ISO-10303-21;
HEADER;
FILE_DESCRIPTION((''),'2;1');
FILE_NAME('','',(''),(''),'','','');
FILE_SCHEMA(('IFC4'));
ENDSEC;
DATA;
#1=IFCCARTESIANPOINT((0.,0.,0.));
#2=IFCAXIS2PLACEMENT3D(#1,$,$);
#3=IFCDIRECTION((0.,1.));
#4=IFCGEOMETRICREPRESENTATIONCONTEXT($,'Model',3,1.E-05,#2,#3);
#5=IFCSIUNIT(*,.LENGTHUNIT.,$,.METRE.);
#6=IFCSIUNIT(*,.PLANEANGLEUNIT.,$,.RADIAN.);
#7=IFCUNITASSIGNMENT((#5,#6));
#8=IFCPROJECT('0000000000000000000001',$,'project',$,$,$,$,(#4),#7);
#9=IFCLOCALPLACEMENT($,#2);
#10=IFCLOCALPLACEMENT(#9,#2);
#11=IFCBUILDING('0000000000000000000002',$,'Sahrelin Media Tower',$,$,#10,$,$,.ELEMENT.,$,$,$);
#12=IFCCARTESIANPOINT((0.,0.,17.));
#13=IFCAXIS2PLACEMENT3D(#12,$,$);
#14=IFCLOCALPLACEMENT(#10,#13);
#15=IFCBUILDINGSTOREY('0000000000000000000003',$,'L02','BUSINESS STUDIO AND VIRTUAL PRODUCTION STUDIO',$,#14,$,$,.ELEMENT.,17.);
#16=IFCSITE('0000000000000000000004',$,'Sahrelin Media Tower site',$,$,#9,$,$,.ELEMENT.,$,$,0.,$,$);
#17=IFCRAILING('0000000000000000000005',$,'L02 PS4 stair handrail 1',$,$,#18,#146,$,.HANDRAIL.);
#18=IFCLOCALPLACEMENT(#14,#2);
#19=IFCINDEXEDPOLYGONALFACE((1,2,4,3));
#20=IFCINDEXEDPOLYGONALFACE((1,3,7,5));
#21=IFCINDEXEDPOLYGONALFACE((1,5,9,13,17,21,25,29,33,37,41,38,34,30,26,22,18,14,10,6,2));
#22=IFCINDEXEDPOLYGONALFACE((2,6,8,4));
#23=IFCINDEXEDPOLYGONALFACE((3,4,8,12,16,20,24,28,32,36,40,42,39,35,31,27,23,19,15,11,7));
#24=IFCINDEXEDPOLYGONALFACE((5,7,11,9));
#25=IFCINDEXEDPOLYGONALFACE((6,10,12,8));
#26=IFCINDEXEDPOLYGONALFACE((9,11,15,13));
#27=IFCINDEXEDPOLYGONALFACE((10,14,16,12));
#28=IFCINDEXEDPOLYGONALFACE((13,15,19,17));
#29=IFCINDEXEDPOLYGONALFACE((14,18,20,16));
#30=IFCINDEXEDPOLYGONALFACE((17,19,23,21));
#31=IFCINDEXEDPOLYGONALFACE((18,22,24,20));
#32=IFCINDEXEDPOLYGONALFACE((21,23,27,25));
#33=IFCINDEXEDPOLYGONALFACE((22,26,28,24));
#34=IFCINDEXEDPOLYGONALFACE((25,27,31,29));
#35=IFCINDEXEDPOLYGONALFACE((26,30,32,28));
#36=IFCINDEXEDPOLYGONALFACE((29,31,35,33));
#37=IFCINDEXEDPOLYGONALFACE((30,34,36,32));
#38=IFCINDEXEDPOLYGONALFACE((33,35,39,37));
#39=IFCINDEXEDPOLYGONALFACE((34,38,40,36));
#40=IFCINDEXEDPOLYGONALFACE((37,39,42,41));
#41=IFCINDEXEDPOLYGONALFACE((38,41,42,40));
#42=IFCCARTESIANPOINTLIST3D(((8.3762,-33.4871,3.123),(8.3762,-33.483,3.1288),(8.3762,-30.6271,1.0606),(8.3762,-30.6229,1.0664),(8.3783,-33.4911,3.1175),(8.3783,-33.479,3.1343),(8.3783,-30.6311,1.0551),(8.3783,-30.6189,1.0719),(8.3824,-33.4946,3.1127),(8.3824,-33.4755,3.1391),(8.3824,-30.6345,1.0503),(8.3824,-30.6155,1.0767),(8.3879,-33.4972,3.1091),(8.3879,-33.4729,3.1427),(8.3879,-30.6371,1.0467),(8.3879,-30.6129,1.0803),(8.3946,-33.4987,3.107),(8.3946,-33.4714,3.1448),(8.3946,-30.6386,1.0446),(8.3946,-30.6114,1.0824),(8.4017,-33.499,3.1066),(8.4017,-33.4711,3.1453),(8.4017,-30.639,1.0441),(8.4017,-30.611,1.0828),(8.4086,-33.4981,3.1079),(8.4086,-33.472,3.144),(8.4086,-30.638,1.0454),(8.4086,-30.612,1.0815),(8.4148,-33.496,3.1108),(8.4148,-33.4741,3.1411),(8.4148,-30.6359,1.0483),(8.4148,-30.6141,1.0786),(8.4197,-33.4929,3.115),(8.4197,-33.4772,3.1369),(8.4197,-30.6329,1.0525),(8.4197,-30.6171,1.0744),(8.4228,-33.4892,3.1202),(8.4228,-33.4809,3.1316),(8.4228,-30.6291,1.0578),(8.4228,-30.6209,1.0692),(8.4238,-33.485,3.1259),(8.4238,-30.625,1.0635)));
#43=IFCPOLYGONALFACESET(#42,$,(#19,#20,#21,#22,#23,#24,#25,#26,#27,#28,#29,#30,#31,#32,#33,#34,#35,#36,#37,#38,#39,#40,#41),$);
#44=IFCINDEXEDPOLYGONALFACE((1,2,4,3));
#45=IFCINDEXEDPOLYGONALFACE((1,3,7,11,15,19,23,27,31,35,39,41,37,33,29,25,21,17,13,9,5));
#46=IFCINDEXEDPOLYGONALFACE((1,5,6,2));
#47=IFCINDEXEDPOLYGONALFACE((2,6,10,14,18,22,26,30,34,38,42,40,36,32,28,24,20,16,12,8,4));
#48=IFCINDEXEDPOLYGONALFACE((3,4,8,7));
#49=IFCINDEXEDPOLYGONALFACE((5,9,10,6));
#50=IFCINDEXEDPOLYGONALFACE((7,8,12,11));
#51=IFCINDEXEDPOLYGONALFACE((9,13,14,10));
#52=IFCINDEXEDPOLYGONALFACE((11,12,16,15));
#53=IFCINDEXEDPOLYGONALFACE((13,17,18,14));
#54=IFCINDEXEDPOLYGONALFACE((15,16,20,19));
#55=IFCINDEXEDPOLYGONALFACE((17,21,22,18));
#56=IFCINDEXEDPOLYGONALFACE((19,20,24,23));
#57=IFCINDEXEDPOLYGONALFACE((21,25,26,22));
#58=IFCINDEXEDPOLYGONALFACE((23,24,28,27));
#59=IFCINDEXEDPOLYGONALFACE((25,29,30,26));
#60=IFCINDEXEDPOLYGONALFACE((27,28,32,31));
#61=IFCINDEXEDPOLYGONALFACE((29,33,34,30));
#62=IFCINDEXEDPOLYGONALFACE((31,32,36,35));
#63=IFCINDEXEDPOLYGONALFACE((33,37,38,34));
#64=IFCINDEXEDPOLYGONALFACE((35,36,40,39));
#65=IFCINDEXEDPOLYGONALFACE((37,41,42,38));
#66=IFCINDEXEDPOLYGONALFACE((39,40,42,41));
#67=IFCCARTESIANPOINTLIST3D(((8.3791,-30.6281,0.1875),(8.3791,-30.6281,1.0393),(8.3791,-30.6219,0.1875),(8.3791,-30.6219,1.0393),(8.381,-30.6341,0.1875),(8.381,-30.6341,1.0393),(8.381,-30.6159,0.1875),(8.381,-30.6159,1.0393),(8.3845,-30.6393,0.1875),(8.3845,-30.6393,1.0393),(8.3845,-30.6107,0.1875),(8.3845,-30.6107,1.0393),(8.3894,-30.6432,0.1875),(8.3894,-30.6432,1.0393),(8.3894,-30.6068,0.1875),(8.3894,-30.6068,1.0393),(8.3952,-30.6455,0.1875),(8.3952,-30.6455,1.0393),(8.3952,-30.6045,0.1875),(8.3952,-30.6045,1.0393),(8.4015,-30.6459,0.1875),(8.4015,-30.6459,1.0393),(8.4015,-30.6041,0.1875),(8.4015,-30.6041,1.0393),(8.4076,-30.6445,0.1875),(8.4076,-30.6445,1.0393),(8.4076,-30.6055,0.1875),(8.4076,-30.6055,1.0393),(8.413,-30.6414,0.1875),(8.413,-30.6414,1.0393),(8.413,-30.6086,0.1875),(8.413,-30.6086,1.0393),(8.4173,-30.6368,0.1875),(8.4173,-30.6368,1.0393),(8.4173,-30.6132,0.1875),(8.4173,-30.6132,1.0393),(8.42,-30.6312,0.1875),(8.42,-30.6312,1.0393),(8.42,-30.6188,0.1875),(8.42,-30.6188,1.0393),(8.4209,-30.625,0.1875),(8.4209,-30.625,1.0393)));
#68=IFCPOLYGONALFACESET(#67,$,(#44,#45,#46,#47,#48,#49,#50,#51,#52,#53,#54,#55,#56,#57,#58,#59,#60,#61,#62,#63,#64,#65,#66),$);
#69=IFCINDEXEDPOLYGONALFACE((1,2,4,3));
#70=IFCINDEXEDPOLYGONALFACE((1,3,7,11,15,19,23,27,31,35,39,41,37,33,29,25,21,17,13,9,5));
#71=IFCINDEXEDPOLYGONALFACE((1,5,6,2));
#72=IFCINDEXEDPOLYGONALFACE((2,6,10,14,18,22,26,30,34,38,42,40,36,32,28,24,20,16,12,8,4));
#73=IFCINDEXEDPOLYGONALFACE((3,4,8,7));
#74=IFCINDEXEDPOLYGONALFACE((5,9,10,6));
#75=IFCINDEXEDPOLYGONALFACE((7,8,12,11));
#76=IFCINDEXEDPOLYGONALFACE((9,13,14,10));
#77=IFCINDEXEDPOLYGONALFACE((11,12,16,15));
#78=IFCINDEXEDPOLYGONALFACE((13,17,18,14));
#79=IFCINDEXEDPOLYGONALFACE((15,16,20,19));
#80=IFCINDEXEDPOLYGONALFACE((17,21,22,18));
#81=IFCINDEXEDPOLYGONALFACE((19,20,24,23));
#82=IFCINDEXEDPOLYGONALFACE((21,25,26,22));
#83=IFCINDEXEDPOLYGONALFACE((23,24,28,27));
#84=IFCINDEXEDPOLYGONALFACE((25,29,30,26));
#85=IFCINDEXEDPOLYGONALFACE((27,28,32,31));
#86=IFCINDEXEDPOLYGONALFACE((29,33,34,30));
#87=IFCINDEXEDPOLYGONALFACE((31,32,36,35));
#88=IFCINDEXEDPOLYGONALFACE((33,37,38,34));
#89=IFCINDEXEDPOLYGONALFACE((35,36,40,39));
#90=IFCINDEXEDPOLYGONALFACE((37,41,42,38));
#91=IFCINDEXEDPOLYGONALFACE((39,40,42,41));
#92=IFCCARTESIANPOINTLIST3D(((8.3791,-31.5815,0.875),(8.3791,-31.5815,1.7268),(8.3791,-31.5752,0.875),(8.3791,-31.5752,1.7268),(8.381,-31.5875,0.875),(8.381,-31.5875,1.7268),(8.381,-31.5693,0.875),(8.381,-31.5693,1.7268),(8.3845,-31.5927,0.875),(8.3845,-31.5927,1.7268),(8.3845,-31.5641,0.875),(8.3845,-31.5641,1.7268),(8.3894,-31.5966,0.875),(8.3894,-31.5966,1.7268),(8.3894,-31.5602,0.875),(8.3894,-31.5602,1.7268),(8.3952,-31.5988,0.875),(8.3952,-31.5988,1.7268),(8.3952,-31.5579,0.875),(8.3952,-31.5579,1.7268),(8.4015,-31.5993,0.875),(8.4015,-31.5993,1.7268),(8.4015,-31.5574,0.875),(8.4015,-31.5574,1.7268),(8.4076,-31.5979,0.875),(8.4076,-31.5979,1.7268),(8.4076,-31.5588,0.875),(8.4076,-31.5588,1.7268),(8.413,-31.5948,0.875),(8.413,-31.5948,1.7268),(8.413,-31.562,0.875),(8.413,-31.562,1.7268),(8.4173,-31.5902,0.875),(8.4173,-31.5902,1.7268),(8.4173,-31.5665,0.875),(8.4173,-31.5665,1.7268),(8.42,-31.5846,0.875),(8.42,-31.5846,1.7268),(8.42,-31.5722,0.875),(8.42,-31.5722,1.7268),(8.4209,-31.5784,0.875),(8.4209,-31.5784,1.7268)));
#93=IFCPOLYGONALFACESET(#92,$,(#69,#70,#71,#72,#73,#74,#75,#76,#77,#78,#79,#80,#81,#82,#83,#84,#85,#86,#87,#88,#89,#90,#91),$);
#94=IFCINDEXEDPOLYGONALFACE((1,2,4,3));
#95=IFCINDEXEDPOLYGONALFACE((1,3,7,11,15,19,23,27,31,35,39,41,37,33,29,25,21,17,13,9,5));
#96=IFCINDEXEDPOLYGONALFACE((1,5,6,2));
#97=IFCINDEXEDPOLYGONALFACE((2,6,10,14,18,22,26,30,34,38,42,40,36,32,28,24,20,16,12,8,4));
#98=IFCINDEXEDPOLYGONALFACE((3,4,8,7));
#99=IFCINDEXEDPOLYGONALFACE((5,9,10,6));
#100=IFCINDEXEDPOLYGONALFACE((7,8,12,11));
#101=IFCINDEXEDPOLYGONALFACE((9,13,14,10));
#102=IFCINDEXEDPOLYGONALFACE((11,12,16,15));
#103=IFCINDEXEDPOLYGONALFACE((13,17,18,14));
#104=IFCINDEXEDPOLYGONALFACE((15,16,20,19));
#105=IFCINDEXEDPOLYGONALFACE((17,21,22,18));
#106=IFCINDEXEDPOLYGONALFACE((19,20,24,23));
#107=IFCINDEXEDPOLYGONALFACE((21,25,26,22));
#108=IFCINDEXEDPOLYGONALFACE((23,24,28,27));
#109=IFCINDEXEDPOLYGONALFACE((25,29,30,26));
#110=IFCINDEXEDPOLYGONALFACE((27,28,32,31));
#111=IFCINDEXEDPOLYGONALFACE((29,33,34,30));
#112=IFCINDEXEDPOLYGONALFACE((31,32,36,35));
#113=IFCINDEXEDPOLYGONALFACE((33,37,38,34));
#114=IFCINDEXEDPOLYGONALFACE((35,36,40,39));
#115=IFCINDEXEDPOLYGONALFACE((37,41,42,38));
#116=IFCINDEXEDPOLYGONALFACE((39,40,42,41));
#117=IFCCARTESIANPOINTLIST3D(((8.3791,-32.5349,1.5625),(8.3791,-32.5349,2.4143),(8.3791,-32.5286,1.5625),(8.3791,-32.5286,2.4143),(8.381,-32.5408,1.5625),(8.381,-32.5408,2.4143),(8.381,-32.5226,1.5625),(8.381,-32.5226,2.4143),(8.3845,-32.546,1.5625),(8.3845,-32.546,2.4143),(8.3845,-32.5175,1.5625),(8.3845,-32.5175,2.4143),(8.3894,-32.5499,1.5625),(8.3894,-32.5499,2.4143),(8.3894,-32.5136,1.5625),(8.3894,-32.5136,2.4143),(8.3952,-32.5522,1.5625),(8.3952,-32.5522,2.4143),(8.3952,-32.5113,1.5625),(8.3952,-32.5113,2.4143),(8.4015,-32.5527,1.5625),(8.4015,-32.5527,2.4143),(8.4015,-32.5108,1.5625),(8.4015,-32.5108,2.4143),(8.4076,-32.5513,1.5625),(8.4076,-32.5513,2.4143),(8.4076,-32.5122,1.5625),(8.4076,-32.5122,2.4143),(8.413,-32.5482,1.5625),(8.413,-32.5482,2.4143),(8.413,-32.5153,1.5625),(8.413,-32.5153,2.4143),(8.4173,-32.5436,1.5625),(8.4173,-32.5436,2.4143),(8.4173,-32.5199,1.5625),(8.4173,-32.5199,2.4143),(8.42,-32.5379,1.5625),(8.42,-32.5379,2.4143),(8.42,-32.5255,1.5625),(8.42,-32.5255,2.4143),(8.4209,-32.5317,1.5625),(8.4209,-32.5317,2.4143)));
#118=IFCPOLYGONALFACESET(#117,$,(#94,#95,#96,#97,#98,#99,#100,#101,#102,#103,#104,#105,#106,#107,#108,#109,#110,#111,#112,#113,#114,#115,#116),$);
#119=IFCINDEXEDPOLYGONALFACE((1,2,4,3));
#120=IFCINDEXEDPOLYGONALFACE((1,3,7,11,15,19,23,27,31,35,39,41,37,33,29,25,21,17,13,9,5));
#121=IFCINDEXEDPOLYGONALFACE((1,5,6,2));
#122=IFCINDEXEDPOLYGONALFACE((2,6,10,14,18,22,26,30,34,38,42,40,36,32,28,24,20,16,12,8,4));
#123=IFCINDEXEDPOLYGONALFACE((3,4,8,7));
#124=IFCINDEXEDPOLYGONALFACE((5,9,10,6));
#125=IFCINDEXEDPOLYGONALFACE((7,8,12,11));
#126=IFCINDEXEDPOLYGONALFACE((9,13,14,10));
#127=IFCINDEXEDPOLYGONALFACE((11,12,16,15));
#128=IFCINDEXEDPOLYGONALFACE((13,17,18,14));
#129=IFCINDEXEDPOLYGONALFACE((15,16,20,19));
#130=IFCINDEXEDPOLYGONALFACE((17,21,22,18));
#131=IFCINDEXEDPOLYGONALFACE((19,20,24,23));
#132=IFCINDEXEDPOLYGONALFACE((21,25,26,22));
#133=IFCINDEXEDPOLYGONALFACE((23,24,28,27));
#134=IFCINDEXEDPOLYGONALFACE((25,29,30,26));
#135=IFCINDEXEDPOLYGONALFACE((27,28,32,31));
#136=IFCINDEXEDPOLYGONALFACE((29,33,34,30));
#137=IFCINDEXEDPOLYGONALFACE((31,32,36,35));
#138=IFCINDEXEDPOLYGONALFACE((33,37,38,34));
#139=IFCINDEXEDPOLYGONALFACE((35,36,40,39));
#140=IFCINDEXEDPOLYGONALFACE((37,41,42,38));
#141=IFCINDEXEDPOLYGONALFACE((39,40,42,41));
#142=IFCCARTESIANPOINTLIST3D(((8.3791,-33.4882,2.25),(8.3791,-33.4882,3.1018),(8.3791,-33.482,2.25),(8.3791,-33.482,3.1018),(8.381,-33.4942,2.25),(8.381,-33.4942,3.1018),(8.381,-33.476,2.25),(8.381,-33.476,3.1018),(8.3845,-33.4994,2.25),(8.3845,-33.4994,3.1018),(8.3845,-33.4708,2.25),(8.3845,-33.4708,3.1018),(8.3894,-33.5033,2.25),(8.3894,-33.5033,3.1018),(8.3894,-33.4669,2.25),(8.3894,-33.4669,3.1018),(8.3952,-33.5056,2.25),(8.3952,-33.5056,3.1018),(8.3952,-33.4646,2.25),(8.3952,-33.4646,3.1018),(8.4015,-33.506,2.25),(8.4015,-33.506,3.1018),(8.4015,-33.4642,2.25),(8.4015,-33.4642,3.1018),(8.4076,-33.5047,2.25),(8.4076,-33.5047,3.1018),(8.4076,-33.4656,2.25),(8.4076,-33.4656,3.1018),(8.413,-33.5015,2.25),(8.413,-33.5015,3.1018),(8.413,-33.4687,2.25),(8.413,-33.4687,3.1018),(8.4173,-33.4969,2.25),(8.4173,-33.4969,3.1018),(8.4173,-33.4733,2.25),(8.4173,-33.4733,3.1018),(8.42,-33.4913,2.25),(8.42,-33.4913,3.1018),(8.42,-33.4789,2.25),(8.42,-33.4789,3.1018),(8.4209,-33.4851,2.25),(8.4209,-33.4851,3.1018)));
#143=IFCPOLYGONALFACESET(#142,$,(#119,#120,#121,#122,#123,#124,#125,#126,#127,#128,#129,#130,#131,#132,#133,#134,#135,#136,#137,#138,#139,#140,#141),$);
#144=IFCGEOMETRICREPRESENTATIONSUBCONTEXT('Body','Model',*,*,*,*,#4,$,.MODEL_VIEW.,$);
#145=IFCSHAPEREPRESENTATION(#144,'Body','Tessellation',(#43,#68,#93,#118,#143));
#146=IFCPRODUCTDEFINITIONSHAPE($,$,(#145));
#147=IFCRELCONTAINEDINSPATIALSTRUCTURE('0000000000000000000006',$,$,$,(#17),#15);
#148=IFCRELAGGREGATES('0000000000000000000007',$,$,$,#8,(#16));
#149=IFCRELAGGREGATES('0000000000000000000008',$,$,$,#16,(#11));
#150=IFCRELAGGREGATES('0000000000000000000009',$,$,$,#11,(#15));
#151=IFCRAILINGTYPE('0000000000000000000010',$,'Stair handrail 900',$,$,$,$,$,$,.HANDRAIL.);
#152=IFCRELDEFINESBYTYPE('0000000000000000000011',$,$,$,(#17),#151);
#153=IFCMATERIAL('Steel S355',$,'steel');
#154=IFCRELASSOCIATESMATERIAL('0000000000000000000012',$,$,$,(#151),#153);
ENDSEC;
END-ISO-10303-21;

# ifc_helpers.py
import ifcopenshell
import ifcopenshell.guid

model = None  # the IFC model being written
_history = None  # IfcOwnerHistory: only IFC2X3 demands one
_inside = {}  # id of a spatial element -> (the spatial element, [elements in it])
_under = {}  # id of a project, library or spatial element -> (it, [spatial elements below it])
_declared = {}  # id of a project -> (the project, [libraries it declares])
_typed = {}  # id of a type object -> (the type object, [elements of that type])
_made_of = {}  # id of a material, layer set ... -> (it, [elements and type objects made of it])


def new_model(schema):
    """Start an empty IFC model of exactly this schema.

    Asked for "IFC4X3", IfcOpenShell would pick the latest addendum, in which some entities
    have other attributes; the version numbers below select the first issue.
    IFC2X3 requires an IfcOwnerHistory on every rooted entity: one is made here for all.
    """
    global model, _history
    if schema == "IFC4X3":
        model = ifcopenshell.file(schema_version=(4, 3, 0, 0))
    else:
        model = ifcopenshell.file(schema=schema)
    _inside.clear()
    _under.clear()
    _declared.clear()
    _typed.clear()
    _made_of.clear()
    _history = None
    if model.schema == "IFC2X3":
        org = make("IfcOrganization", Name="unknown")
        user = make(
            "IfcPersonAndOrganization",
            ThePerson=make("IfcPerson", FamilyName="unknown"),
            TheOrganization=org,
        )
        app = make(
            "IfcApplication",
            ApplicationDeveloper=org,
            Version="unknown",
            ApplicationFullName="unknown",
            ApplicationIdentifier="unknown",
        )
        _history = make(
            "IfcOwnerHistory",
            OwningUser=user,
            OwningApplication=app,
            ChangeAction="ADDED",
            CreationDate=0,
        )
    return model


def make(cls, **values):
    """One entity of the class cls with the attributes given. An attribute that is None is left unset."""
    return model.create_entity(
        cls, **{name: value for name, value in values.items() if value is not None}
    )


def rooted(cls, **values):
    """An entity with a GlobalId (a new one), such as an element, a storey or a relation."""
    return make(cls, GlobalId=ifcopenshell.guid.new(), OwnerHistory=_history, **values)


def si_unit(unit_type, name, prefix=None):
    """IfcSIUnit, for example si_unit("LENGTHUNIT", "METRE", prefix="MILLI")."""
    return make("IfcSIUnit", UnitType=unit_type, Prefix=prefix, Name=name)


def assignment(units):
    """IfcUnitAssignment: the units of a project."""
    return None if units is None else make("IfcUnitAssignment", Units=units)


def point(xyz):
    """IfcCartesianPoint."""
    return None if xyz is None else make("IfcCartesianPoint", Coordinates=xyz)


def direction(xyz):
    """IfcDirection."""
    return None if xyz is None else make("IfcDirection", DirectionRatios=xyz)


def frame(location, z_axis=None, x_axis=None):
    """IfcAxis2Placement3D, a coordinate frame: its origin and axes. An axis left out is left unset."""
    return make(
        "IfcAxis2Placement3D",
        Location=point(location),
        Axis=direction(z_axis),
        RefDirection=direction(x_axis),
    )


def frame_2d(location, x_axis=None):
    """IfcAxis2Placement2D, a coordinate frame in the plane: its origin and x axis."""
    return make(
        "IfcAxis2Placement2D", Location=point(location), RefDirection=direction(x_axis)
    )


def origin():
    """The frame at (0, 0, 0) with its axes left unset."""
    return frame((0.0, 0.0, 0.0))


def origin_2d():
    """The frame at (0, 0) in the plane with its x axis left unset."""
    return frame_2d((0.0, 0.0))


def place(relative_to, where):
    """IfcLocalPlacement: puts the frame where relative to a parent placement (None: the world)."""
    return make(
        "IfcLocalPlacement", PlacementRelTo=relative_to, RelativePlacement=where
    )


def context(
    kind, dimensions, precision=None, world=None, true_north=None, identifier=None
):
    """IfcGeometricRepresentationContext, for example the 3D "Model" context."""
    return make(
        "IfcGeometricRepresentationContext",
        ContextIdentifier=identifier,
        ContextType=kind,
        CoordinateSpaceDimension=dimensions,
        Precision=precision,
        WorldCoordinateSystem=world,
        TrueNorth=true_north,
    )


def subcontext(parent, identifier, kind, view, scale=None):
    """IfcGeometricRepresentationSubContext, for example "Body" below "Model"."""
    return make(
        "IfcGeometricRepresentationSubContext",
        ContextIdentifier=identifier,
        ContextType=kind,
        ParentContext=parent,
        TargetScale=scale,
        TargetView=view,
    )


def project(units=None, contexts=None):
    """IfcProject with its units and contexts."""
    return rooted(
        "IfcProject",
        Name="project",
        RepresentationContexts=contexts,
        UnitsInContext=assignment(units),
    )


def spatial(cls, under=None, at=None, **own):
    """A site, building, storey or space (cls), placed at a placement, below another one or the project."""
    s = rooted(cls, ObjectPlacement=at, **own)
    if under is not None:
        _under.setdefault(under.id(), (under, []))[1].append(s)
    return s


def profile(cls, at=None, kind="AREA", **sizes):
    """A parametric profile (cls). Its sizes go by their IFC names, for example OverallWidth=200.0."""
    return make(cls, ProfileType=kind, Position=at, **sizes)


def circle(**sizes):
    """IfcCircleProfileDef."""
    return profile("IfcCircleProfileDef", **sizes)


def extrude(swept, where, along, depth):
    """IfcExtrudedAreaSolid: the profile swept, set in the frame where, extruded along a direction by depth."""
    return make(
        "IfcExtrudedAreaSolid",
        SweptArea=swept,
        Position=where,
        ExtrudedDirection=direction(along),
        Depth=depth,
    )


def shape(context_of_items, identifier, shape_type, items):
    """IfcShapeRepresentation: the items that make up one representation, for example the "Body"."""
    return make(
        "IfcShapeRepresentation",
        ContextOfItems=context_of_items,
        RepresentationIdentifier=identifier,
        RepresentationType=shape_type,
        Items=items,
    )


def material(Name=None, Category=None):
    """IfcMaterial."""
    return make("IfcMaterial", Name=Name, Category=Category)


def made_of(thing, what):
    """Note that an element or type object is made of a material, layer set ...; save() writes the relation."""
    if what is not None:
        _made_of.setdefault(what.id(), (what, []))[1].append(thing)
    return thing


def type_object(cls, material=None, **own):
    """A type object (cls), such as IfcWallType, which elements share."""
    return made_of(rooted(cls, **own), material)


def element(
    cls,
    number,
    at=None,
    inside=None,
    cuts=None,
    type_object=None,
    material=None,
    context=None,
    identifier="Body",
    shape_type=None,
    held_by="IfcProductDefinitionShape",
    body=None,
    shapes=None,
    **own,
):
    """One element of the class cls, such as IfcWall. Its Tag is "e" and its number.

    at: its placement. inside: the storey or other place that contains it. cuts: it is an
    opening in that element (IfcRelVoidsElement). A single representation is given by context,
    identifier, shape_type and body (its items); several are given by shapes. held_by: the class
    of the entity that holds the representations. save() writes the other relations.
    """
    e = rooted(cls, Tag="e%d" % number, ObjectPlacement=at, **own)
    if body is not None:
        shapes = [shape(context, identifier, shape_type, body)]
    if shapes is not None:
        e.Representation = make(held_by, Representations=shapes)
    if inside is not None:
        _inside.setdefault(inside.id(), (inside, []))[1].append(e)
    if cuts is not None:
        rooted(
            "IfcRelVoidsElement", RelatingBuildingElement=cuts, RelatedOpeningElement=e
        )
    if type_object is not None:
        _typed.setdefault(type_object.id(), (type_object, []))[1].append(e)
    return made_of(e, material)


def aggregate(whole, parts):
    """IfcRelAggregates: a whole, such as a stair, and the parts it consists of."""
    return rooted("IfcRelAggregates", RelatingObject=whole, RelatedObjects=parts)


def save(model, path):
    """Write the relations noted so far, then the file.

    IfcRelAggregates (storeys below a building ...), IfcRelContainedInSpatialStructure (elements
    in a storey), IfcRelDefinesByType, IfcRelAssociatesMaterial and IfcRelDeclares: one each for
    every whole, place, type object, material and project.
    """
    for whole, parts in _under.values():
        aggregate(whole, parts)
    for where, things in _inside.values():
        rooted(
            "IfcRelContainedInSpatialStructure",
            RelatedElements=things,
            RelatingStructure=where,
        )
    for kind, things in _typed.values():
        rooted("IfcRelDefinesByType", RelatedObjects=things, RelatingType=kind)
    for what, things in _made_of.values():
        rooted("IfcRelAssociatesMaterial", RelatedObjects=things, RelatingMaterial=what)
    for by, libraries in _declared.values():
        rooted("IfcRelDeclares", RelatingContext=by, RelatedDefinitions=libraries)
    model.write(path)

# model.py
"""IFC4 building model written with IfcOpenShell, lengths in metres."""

from ifc_helpers import new_model, si_unit, direction, frame, origin, origin_2d, place, context, subcontext, project, spatial, circle, extrude, material, type_object, element, save


model = new_model("IFC4")

# Units and contexts
model_context = context("Model", 3, precision=1e-05, world=origin(), true_north=direction((0.0, 1.0)))
body_context = subcontext(model_context, "Body", "Model", "MODEL_VIEW")
ifc_project = project(units=[si_unit("LENGTHUNIT", "METRE"), si_unit("PLANEANGLEUNIT", "RADIAN")], contexts=[model_context])

# Site, building, storey
site_placement = place(None, origin())
site = spatial("IfcSite", under=ifc_project, at=site_placement, Name="Sahrelin Media Tower site", CompositionType="ELEMENT", RefElevation=0.0)
building_placement = place(site_placement, origin())
building = spatial("IfcBuilding", under=site, at=building_placement, Name="Sahrelin Media Tower", CompositionType="ELEMENT")
storey_placement = place(building_placement, frame((0.0, 0.0, 17.0)))
storey = spatial("IfcBuildingStorey", under=building, at=storey_placement, Name="L02", Description="BUSINESS STUDIO AND VIRTUAL PRODUCTION STUDIO", CompositionType="ELEMENT", Elevation=17.0)

# Shared definitions
ifc_material_1 = material(Name="Steel S355", Category="steel")

# Railing
railing_type_1 = type_object("IfcRailingType", Name="Stair handrail 900", PredefinedType="HANDRAIL", material=ifc_material_1)
for number, where, name in (
    (1, (8.3999, -30.625, 0.1875), "L02 PS4 stair handrail 1"),
):
    element("IfcRailing", number, at=place(storey_placement, frame(where)), inside=storey, type_object=railing_type_1, Name=name, PredefinedType="HANDRAIL", context=body_context, shape_type="SweptSolid", body=[
        extrude(circle(Radius=0.0239, at=origin_2d()), frame((0.0, 0.0, 0.876), z_axis=(0.0, -0.811101, 0.584906), x_axis=(1.0, 0.0, 0.0)), (0.0, 0.0, 1.0), 3.5261),
        extrude(circle(Radius=0.021, at=origin_2d()), origin(), (0.0, 0.0, 1.0), 0.8518),
        extrude(circle(Radius=0.021, at=origin_2d()), frame((0.0, -0.9534, 0.6875)), (0.0, 0.0, 1.0), 0.8518),
        extrude(circle(Radius=0.021, at=origin_2d()), frame((0.0, -1.9067, 1.375)), (0.0, 0.0, 1.0), 0.8518),
        extrude(circle(Radius=0.021, at=origin_2d()), frame((0.0, -2.8601, 2.0625)), (0.0, 0.0, 1.0), 0.8518),
    ])

save(model, "model.ifc")
